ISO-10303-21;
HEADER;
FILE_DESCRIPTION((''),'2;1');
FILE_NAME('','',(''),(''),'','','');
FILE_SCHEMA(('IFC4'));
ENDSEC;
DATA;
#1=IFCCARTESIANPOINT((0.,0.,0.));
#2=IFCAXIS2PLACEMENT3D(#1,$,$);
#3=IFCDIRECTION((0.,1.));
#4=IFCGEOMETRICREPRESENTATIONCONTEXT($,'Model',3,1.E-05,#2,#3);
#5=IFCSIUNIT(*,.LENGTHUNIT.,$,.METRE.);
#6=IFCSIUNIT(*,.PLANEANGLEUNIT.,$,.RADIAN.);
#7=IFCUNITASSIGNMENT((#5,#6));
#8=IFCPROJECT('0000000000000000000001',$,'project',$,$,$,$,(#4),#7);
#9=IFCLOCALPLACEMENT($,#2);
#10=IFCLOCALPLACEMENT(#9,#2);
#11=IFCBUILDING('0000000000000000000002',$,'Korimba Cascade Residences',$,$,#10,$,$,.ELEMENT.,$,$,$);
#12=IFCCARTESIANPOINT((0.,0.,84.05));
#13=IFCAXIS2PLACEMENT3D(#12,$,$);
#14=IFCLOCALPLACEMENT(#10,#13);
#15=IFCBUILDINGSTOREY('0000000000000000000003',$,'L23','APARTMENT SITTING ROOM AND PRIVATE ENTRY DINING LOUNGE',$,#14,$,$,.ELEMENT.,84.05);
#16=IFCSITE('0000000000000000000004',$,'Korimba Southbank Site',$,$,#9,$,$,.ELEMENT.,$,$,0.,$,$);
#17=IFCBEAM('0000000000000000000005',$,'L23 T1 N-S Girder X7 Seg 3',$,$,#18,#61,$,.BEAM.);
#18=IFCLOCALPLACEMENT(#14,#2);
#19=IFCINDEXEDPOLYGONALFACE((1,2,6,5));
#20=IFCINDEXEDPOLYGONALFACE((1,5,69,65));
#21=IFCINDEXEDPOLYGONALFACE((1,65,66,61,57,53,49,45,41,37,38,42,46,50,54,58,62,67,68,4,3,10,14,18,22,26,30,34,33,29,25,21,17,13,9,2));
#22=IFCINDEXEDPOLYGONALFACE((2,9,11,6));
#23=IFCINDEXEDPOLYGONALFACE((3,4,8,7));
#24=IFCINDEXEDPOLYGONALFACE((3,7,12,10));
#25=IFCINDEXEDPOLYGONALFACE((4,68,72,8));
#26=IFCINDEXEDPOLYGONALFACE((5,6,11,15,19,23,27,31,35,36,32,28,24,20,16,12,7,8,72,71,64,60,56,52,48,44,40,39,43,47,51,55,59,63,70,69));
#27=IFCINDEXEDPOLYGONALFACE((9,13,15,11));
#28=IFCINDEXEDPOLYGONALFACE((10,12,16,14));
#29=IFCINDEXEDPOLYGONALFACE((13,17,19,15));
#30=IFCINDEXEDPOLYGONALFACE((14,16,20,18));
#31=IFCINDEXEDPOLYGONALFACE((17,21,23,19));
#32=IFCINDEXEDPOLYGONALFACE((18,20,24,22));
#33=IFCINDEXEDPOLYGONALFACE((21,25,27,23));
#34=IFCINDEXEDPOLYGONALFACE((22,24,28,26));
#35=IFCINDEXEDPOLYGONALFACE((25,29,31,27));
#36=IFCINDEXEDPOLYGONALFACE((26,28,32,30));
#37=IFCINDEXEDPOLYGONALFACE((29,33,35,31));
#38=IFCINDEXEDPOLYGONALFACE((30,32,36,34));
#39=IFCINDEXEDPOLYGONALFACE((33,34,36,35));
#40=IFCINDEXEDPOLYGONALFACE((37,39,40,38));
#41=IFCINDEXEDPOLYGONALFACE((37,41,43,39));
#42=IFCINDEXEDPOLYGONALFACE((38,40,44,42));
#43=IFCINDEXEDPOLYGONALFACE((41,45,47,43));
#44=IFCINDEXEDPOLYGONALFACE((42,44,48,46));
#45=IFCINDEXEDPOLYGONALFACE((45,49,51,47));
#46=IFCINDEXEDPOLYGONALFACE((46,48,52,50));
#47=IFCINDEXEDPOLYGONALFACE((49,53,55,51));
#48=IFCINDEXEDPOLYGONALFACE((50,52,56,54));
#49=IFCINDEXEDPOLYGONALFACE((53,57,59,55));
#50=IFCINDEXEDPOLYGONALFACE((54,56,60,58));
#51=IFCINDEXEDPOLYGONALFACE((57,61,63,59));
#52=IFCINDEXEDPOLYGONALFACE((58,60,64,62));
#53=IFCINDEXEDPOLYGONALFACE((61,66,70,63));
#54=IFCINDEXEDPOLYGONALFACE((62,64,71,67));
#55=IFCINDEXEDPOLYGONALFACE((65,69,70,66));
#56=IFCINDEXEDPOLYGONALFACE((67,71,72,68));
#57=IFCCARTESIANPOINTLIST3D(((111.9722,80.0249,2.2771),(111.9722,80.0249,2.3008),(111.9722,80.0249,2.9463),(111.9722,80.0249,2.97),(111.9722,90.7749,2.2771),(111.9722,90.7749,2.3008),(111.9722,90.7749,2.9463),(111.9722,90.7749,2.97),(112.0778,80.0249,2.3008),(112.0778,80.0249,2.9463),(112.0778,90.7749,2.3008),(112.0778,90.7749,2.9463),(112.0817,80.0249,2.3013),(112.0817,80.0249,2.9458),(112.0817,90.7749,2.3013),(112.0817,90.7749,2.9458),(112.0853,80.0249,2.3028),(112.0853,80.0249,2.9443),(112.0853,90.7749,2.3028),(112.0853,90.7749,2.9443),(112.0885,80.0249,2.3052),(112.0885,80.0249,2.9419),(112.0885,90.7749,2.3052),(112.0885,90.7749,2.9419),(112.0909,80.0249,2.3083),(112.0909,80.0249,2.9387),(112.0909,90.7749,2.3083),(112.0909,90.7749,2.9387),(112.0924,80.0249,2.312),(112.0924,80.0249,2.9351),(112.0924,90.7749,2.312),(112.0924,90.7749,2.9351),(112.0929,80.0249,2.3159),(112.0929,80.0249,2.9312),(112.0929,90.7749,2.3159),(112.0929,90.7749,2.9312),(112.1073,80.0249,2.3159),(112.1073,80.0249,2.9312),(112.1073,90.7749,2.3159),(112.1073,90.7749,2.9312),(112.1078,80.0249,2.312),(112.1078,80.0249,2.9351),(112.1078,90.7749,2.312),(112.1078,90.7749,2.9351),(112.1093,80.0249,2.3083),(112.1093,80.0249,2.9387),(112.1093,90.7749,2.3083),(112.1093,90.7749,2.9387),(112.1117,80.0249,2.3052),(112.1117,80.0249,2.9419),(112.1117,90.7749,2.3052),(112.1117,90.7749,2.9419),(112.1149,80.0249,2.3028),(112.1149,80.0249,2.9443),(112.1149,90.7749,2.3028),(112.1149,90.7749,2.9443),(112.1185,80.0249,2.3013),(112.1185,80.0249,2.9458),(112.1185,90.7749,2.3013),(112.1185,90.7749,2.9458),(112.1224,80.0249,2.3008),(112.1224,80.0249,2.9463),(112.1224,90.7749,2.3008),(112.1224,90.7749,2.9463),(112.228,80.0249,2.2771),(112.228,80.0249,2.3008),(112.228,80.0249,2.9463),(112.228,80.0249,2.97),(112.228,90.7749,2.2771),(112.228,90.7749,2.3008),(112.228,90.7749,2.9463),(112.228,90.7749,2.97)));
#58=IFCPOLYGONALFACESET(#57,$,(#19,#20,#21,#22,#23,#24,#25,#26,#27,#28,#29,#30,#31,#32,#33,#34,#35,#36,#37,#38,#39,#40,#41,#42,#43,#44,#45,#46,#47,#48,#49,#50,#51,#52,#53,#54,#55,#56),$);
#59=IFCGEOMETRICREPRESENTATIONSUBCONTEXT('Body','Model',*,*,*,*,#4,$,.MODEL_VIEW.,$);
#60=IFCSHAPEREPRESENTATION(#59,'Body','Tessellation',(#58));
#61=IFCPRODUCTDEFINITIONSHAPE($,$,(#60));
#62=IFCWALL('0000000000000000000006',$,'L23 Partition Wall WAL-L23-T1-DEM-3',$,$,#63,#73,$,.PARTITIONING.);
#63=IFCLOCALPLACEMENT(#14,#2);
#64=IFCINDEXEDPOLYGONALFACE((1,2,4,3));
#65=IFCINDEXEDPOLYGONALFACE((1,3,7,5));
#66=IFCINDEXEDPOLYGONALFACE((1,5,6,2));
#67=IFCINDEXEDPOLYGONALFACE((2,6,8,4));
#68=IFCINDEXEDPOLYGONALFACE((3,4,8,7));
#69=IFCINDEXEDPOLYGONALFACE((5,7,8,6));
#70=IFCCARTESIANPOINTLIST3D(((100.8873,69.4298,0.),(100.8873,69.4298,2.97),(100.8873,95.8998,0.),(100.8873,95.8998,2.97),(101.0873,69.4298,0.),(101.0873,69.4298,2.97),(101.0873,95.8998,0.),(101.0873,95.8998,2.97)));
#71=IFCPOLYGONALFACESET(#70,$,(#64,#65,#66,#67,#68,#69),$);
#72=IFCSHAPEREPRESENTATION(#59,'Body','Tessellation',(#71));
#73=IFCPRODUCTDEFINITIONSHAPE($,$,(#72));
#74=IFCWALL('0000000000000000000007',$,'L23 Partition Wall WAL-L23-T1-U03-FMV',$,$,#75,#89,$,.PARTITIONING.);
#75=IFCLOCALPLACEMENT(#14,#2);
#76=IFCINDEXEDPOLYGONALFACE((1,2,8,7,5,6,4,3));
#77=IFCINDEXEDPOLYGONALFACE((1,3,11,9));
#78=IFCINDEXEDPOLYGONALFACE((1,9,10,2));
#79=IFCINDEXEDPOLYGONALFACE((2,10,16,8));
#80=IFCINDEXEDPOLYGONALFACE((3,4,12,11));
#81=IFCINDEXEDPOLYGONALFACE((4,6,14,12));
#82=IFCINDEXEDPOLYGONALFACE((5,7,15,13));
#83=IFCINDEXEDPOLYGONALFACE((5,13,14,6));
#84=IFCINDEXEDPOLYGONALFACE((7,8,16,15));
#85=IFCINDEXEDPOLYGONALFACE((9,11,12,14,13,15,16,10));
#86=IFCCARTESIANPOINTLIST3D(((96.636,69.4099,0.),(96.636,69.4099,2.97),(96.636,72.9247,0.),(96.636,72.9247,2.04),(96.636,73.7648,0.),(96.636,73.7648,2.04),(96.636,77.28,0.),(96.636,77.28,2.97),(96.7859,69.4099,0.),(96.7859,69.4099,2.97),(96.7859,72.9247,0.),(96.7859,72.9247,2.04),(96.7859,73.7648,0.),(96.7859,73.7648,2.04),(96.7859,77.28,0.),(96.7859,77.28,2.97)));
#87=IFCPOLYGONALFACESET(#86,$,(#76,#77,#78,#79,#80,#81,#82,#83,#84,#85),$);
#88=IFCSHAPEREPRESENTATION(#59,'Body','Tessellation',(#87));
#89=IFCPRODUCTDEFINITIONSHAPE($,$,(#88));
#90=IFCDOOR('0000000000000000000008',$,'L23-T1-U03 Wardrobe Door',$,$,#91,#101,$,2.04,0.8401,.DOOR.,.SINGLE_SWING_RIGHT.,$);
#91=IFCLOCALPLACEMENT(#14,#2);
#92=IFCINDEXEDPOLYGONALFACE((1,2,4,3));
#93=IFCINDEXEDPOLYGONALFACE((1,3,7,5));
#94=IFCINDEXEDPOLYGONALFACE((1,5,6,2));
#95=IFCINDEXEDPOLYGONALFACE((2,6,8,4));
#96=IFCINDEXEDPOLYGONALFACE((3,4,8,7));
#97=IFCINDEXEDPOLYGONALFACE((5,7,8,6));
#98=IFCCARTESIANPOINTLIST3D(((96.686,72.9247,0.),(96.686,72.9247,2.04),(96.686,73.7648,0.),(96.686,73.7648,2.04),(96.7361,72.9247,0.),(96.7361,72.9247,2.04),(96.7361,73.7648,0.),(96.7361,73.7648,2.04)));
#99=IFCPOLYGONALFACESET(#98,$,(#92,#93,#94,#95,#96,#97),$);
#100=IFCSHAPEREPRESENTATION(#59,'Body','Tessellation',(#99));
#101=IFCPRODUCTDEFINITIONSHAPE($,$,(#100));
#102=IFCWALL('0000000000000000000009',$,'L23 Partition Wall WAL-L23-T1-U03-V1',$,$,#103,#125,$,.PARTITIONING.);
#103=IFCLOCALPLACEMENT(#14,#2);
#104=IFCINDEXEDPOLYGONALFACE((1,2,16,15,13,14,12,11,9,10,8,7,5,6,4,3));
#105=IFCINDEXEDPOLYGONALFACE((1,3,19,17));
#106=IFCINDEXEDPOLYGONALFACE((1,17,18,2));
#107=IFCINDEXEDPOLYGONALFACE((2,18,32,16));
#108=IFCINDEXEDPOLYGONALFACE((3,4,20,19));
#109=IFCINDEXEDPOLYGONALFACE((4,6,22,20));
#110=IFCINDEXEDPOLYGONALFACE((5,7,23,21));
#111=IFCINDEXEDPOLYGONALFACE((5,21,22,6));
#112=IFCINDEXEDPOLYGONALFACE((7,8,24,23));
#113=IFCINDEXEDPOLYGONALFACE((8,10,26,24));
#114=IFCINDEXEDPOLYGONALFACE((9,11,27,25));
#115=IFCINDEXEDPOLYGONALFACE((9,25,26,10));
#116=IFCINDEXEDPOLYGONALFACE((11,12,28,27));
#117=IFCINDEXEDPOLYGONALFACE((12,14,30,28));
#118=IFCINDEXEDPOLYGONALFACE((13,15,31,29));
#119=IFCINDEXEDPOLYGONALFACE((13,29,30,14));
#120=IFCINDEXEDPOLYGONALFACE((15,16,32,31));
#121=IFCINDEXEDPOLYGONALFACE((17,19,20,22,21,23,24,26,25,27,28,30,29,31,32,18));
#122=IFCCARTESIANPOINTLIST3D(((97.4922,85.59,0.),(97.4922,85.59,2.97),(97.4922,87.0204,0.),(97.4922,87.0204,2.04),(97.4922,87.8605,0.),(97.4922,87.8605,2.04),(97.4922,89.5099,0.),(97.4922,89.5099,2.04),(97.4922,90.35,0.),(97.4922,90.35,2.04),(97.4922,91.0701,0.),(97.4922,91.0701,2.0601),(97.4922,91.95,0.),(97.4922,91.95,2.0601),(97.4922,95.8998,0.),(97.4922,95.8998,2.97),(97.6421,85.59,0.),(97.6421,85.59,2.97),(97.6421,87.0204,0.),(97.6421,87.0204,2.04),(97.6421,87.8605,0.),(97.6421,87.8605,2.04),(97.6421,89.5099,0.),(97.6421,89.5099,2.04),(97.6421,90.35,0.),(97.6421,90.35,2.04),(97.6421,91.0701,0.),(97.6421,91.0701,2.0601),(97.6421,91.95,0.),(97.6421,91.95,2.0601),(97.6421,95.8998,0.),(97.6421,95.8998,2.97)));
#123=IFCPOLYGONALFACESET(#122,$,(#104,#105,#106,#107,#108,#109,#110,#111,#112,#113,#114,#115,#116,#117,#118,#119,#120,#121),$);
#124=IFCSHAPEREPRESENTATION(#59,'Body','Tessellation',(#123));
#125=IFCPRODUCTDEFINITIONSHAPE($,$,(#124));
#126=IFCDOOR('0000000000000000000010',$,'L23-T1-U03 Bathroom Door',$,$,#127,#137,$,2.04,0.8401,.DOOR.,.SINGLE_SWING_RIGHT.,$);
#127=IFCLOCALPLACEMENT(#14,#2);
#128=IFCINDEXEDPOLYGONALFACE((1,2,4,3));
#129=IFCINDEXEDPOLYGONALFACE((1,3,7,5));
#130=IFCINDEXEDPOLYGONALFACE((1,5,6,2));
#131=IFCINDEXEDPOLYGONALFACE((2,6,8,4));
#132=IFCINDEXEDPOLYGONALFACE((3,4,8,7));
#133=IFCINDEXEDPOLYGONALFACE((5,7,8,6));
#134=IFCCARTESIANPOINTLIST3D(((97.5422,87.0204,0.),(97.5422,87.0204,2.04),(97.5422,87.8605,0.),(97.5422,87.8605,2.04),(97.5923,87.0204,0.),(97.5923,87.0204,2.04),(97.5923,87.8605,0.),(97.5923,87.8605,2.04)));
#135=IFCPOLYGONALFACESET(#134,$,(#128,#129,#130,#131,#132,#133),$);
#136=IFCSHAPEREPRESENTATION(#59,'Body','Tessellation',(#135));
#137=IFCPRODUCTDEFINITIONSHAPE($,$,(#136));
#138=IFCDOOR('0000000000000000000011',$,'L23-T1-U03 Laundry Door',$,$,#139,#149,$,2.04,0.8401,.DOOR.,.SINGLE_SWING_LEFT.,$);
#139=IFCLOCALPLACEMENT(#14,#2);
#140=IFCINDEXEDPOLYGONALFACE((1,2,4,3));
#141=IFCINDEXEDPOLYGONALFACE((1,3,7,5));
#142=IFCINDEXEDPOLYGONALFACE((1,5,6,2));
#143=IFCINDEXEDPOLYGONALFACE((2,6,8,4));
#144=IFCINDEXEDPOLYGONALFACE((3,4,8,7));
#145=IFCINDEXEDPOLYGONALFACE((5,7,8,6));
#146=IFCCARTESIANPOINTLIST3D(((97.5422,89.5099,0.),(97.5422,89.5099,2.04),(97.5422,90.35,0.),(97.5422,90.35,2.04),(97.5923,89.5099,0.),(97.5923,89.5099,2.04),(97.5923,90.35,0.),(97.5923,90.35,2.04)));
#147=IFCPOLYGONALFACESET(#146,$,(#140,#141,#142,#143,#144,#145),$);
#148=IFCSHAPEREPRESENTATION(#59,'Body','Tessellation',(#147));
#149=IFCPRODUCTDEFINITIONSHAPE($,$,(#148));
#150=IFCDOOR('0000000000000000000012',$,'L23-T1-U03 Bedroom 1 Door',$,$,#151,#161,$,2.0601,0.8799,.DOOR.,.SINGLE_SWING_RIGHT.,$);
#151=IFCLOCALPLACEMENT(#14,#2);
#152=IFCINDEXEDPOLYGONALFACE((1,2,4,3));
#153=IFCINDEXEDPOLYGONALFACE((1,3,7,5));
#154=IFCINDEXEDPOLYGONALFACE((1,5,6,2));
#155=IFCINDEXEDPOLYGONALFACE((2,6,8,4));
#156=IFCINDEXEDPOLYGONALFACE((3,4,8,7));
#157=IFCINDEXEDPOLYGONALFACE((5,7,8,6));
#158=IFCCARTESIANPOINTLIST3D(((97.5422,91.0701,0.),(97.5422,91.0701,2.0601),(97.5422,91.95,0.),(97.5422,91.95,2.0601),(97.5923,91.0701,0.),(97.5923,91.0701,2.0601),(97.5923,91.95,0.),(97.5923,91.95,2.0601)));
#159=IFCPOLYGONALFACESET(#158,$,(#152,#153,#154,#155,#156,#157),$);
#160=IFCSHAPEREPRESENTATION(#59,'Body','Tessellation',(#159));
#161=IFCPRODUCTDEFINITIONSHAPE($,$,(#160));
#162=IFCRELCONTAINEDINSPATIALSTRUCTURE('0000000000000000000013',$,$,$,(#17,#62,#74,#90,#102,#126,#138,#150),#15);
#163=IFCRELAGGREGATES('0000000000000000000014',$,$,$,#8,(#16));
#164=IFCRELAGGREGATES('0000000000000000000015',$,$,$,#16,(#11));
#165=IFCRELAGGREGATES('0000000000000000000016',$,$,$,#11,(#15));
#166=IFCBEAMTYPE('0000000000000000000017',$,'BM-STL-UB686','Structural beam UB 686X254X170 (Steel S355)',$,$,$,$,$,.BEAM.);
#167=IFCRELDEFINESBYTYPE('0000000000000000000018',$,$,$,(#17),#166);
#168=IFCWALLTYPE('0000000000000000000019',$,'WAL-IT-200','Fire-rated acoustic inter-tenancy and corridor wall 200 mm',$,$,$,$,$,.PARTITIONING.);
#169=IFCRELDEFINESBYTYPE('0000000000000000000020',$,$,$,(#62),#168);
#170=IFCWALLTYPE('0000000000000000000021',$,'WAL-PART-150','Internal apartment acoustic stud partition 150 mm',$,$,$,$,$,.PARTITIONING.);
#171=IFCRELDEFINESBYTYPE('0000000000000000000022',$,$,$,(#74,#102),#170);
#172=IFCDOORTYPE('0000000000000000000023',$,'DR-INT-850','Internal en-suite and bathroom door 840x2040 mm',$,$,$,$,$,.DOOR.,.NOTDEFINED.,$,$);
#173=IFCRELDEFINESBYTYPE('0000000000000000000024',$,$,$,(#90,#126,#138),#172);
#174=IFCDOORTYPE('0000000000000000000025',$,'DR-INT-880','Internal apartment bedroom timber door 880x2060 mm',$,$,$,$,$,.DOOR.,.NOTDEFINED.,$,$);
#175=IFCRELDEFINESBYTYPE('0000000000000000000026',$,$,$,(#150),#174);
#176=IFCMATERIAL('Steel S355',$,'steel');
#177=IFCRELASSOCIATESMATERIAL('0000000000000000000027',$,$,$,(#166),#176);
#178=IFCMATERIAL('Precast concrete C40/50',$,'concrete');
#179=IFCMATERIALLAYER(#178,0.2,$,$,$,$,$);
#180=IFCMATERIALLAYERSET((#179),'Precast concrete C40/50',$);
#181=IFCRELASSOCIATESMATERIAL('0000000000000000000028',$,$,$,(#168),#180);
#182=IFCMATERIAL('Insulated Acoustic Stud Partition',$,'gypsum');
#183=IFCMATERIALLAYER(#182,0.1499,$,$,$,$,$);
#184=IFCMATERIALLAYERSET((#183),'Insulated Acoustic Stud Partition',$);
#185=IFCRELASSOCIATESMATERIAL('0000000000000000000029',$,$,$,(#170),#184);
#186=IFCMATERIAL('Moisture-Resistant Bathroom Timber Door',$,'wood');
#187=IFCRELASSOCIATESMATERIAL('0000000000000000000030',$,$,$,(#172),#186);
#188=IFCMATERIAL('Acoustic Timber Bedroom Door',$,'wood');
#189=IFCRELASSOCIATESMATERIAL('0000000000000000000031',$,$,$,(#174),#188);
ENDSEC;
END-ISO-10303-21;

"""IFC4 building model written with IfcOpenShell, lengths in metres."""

from ifc_helpers import new_model, si_unit, direction, frame, frame_2d, origin, origin_2d, place, context, subcontext, project, spatial, rectangle, i_section, extrude, material, layer, layer_set, material_profile, profile_set, type_object, element, fill, save


model = new_model("IFC4")

# Units and contexts
model_context = context("Model", 3, precision=1e-05, world=origin(), true_north=direction((0.0, 1.0)))
body_context = subcontext(model_context, "Body", "Model", "MODEL_VIEW")
ifc_project = project(units=[si_unit("LENGTHUNIT", "METRE"), si_unit("PLANEANGLEUNIT", "RADIAN")], contexts=[model_context])

# Site, building, storey
site_placement = place(None, origin())
site = spatial("IfcSite", under=ifc_project, at=site_placement, Name="Korimba Southbank Site", CompositionType="ELEMENT", RefElevation=0.0)
building_placement = place(site_placement, origin())
building = spatial("IfcBuilding", under=site, at=building_placement, Name="Korimba Cascade Residences", CompositionType="ELEMENT")
storey_placement = place(building_placement, frame((0.0, 0.0, 84.05)))
storey = spatial("IfcBuildingStorey", under=building, at=storey_placement, Name="L23", Description="APARTMENT SITTING ROOM AND PRIVATE ENTRY DINING LOUNGE", CompositionType="ELEMENT", Elevation=84.05)

# Beam
ifc_material_1 = material(Name="Steel S355", Category="steel")
ifc_material_profile_1 = material_profile(ifc_material_1, i_section(OverallWidth=0.2559, OverallDepth=0.6929, WebThickness=0.0144, FlangeThickness=0.0237, FilletRadius=0.0151, at=origin_2d()), Name="Steel S355")
ifc_profile_set_1 = profile_set([ifc_material_profile_1], Name="Steel S355")
beam_type_1 = type_object("IfcBeamType", Name="BM-STL-UB686", Description="Structural beam UB 686X254X170 (Steel S355)", PredefinedType="BEAM", material=ifc_profile_set_1)
for number, where, z_axis, x_axis, name in (
    (1, (112.1001, 80.0249, 2.6235), (0.0, 1.0, 0.0), (-1.0, 0.0, 0.0), "L23 T1 N-S Girder X7 Seg 3"),
):
    element("IfcBeam", number, at=place(storey_placement, frame(where, z_axis=z_axis, x_axis=x_axis)), inside=storey, type_object=beam_type_1, Name=name, PredefinedType="BEAM", context=body_context, shape_type="SweptSolid", body=[
        extrude(i_section(OverallWidth=0.2559, OverallDepth=0.6929, WebThickness=0.0144, FlangeThickness=0.0237, FilletRadius=0.0151, at=origin_2d()), origin(), (0.0, 0.0, 1.0), 10.75),
    ])

# Wall
ifc_material_2 = material(Name="Precast concrete C40/50", Category="concrete")
ifc_layer_1 = layer(ifc_material_2, 0.2)
ifc_layer_set_1 = layer_set([ifc_layer_1], Name="Precast concrete C40/50")
wall_type_1 = type_object("IfcWallType", Name="WAL-IT-200", Description="Fire-rated acoustic inter-tenancy and corridor wall 200 mm", PredefinedType="PARTITIONING", material=ifc_layer_set_1)
wall_1_placement = place(storey_placement, frame((100.9873, 69.4299, 0.0), z_axis=(0.0, 0.0, 1.0), x_axis=(0.0, 1.0, 0.0)))
element("IfcWall", 2, at=wall_1_placement, inside=storey, type_object=wall_type_1, Name="L23 Partition Wall WAL-L23-T1-DEM-3", PredefinedType="PARTITIONING", context=body_context, shape_type="SweptSolid", body=[
    extrude(rectangle(XDim=26.47, YDim=0.2, at=frame_2d((13.2349, 0.0))), origin(), (0.0, 0.0, 1.0), 2.97),
])

# Wall, opening, door
ifc_material_3 = material(Name="Insulated Acoustic Stud Partition", Category="gypsum")
ifc_layer_2 = layer(ifc_material_3, 0.1499)
ifc_layer_set_2 = layer_set([ifc_layer_2], Name="Insulated Acoustic Stud Partition")
wall_type_2 = type_object("IfcWallType", Name="WAL-PART-150", Description="Internal apartment acoustic stud partition 150 mm", PredefinedType="PARTITIONING", material=ifc_layer_set_2)
wall_2_placement = place(storey_placement, frame((96.7109, 69.4099, 0.0), z_axis=(0.0, 0.0, 1.0), x_axis=(0.0, 1.0, 0.0)))
wall_2 = element("IfcWall", 3, at=wall_2_placement, inside=storey, type_object=wall_type_2, Name="L23 Partition Wall WAL-L23-T1-U03-FMV", PredefinedType="PARTITIONING", context=body_context, shape_type="SweptSolid", body=[
    extrude(rectangle(XDim=7.8701, YDim=0.1499, at=frame_2d((3.9351, 0.0))), origin(), (0.0, 0.0, 1.0), 2.97),
])
opening_1_placement = place(wall_2_placement, frame((3.5149, 0.0, 0.0)))
opening_1 = element("IfcOpeningElement", 4, at=opening_1_placement, cuts=wall_2, PredefinedType="OPENING", context=body_context, shape_type="SweptSolid", body=[
    extrude(rectangle(XDim=0.8401, YDim=2.04, at=frame_2d((0.4199, 1.02))), frame((0.0, 0.085, 0.0), z_axis=(0.0, -1.0, 0.0), x_axis=(1.0, 0.0, 0.0)), (0.0, 0.0, 1.0), 0.1699),
])
ifc_material_4 = material(Name="Moisture-Resistant Bathroom Timber Door", Category="wood")
door_type_1 = type_object("IfcDoorType", Name="DR-INT-850", Description="Internal en-suite and bathroom door 840x2040 mm", OperationType="NOTDEFINED", PredefinedType="DOOR", material=ifc_material_4)
door_1_placement = place(opening_1_placement, origin())
door_1 = element("IfcDoor", 5, at=door_1_placement, inside=storey, type_object=door_type_1, Name="L23-T1-U03 Wardrobe Door", OperationType="SINGLE_SWING_RIGHT", OverallHeight=2.04, OverallWidth=0.8401, PredefinedType="DOOR", context=body_context, shape_type="SweptSolid", body=[
    extrude(rectangle(XDim=0.8401, YDim=2.04, at=frame_2d((0.4199, 1.02))), frame((0.0, 0.0249, 0.0), z_axis=(0.0, -1.0, 0.0), x_axis=(1.0, 0.0, 0.0)), (0.0, 0.0, 1.0), 0.05),
])
fill(opening_1, door_1)

# Wall, openings, doors
wall_3_placement = place(storey_placement, frame((97.5671, 85.5901, 0.0), z_axis=(0.0, 0.0, 1.0), x_axis=(0.0, 1.0, 0.0)))
wall_3 = element("IfcWall", 6, at=wall_3_placement, inside=storey, type_object=wall_type_2, Name="L23 Partition Wall WAL-L23-T1-U03-V1", PredefinedType="PARTITIONING", context=body_context, shape_type="SweptSolid", body=[
    extrude(rectangle(XDim=10.3098, YDim=0.1499, at=frame_2d((5.1548, 0.0))), origin(), (0.0, 0.0, 1.0), 2.97),
])
opening_2_placement = place(wall_3_placement, frame((1.4304, 0.0, 0.0)))
opening_2 = element("IfcOpeningElement", 7, at=opening_2_placement, cuts=wall_3, PredefinedType="OPENING", context=body_context, shape_type="SweptSolid", body=[
    extrude(rectangle(XDim=0.8401, YDim=2.04, at=frame_2d((0.4199, 1.02))), frame((0.0, 0.085, 0.0), z_axis=(0.0, -1.0, 0.0), x_axis=(1.0, 0.0, 0.0)), (0.0, 0.0, 1.0), 0.1699),
])
opening_3_placement = place(wall_3_placement, frame((3.9199, 0.0, 0.0)))
opening_3 = element("IfcOpeningElement", 8, at=opening_3_placement, cuts=wall_3, PredefinedType="OPENING", context=body_context, shape_type="SweptSolid", body=[
    extrude(rectangle(XDim=0.8401, YDim=2.04, at=frame_2d((0.4199, 1.02))), frame((0.0, 0.085, 0.0), z_axis=(0.0, -1.0, 0.0), x_axis=(1.0, 0.0, 0.0)), (0.0, 0.0, 1.0), 0.1699),
])
opening_4_placement = place(wall_3_placement, frame((5.48, 0.0, 0.0)))
opening_4 = element("IfcOpeningElement", 9, at=opening_4_placement, cuts=wall_3, PredefinedType="OPENING", context=body_context, shape_type="SweptSolid", body=[
    extrude(rectangle(XDim=0.8799, YDim=2.0601, at=frame_2d((0.4399, 1.03))), frame((0.0, 0.085, 0.0), z_axis=(0.0, -1.0, 0.0), x_axis=(1.0, 0.0, 0.0)), (0.0, 0.0, 1.0), 0.1699),
])
door_2_placement = place(opening_2_placement, origin())
door_2 = element("IfcDoor", 10, at=door_2_placement, inside=storey, type_object=door_type_1, Name="L23-T1-U03 Bathroom Door", OperationType="SINGLE_SWING_RIGHT", OverallHeight=2.04, OverallWidth=0.8401, PredefinedType="DOOR", context=body_context, shape_type="SweptSolid", body=[
    extrude(rectangle(XDim=0.8401, YDim=2.04, at=frame_2d((0.4199, 1.02))), frame((0.0, 0.0249, 0.0), z_axis=(0.0, -1.0, 0.0), x_axis=(1.0, 0.0, 0.0)), (0.0, 0.0, 1.0), 0.05),
])
fill(opening_2, door_2)
door_3_placement = place(opening_3_placement, origin())
door_3 = element("IfcDoor", 11, at=door_3_placement, inside=storey, type_object=door_type_1, Name="L23-T1-U03 Laundry Door", OperationType="SINGLE_SWING_LEFT", OverallHeight=2.04, OverallWidth=0.8401, PredefinedType="DOOR", context=body_context, shape_type="SweptSolid", body=[
    extrude(rectangle(XDim=0.8401, YDim=2.04, at=frame_2d((0.4199, 1.02))), frame((0.0, 0.0249, 0.0), z_axis=(0.0, -1.0, 0.0), x_axis=(1.0, 0.0, 0.0)), (0.0, 0.0, 1.0), 0.05),
])
fill(opening_3, door_3)
ifc_material_5 = material(Name="Acoustic Timber Bedroom Door", Category="wood")
door_type_2 = type_object("IfcDoorType", Name="DR-INT-880", Description="Internal apartment bedroom timber door 880x2060 mm", OperationType="NOTDEFINED", PredefinedType="DOOR", material=ifc_material_5)
door_4_placement = place(opening_4_placement, origin())
door_4 = element("IfcDoor", 12, at=door_4_placement, inside=storey, type_object=door_type_2, Name="L23-T1-U03 Bedroom 1 Door", OperationType="SINGLE_SWING_RIGHT", OverallHeight=2.0601, OverallWidth=0.8799, PredefinedType="DOOR", context=body_context, shape_type="SweptSolid", body=[
    extrude(rectangle(XDim=0.8799, YDim=2.0601, at=frame_2d((0.4399, 1.03))), frame((0.0, 0.0249, 0.0), z_axis=(0.0, -1.0, 0.0), x_axis=(1.0, 0.0, 0.0)), (0.0, 0.0, 1.0), 0.05),
])
fill(opening_4, door_4)

save(model, "model.ifc")
